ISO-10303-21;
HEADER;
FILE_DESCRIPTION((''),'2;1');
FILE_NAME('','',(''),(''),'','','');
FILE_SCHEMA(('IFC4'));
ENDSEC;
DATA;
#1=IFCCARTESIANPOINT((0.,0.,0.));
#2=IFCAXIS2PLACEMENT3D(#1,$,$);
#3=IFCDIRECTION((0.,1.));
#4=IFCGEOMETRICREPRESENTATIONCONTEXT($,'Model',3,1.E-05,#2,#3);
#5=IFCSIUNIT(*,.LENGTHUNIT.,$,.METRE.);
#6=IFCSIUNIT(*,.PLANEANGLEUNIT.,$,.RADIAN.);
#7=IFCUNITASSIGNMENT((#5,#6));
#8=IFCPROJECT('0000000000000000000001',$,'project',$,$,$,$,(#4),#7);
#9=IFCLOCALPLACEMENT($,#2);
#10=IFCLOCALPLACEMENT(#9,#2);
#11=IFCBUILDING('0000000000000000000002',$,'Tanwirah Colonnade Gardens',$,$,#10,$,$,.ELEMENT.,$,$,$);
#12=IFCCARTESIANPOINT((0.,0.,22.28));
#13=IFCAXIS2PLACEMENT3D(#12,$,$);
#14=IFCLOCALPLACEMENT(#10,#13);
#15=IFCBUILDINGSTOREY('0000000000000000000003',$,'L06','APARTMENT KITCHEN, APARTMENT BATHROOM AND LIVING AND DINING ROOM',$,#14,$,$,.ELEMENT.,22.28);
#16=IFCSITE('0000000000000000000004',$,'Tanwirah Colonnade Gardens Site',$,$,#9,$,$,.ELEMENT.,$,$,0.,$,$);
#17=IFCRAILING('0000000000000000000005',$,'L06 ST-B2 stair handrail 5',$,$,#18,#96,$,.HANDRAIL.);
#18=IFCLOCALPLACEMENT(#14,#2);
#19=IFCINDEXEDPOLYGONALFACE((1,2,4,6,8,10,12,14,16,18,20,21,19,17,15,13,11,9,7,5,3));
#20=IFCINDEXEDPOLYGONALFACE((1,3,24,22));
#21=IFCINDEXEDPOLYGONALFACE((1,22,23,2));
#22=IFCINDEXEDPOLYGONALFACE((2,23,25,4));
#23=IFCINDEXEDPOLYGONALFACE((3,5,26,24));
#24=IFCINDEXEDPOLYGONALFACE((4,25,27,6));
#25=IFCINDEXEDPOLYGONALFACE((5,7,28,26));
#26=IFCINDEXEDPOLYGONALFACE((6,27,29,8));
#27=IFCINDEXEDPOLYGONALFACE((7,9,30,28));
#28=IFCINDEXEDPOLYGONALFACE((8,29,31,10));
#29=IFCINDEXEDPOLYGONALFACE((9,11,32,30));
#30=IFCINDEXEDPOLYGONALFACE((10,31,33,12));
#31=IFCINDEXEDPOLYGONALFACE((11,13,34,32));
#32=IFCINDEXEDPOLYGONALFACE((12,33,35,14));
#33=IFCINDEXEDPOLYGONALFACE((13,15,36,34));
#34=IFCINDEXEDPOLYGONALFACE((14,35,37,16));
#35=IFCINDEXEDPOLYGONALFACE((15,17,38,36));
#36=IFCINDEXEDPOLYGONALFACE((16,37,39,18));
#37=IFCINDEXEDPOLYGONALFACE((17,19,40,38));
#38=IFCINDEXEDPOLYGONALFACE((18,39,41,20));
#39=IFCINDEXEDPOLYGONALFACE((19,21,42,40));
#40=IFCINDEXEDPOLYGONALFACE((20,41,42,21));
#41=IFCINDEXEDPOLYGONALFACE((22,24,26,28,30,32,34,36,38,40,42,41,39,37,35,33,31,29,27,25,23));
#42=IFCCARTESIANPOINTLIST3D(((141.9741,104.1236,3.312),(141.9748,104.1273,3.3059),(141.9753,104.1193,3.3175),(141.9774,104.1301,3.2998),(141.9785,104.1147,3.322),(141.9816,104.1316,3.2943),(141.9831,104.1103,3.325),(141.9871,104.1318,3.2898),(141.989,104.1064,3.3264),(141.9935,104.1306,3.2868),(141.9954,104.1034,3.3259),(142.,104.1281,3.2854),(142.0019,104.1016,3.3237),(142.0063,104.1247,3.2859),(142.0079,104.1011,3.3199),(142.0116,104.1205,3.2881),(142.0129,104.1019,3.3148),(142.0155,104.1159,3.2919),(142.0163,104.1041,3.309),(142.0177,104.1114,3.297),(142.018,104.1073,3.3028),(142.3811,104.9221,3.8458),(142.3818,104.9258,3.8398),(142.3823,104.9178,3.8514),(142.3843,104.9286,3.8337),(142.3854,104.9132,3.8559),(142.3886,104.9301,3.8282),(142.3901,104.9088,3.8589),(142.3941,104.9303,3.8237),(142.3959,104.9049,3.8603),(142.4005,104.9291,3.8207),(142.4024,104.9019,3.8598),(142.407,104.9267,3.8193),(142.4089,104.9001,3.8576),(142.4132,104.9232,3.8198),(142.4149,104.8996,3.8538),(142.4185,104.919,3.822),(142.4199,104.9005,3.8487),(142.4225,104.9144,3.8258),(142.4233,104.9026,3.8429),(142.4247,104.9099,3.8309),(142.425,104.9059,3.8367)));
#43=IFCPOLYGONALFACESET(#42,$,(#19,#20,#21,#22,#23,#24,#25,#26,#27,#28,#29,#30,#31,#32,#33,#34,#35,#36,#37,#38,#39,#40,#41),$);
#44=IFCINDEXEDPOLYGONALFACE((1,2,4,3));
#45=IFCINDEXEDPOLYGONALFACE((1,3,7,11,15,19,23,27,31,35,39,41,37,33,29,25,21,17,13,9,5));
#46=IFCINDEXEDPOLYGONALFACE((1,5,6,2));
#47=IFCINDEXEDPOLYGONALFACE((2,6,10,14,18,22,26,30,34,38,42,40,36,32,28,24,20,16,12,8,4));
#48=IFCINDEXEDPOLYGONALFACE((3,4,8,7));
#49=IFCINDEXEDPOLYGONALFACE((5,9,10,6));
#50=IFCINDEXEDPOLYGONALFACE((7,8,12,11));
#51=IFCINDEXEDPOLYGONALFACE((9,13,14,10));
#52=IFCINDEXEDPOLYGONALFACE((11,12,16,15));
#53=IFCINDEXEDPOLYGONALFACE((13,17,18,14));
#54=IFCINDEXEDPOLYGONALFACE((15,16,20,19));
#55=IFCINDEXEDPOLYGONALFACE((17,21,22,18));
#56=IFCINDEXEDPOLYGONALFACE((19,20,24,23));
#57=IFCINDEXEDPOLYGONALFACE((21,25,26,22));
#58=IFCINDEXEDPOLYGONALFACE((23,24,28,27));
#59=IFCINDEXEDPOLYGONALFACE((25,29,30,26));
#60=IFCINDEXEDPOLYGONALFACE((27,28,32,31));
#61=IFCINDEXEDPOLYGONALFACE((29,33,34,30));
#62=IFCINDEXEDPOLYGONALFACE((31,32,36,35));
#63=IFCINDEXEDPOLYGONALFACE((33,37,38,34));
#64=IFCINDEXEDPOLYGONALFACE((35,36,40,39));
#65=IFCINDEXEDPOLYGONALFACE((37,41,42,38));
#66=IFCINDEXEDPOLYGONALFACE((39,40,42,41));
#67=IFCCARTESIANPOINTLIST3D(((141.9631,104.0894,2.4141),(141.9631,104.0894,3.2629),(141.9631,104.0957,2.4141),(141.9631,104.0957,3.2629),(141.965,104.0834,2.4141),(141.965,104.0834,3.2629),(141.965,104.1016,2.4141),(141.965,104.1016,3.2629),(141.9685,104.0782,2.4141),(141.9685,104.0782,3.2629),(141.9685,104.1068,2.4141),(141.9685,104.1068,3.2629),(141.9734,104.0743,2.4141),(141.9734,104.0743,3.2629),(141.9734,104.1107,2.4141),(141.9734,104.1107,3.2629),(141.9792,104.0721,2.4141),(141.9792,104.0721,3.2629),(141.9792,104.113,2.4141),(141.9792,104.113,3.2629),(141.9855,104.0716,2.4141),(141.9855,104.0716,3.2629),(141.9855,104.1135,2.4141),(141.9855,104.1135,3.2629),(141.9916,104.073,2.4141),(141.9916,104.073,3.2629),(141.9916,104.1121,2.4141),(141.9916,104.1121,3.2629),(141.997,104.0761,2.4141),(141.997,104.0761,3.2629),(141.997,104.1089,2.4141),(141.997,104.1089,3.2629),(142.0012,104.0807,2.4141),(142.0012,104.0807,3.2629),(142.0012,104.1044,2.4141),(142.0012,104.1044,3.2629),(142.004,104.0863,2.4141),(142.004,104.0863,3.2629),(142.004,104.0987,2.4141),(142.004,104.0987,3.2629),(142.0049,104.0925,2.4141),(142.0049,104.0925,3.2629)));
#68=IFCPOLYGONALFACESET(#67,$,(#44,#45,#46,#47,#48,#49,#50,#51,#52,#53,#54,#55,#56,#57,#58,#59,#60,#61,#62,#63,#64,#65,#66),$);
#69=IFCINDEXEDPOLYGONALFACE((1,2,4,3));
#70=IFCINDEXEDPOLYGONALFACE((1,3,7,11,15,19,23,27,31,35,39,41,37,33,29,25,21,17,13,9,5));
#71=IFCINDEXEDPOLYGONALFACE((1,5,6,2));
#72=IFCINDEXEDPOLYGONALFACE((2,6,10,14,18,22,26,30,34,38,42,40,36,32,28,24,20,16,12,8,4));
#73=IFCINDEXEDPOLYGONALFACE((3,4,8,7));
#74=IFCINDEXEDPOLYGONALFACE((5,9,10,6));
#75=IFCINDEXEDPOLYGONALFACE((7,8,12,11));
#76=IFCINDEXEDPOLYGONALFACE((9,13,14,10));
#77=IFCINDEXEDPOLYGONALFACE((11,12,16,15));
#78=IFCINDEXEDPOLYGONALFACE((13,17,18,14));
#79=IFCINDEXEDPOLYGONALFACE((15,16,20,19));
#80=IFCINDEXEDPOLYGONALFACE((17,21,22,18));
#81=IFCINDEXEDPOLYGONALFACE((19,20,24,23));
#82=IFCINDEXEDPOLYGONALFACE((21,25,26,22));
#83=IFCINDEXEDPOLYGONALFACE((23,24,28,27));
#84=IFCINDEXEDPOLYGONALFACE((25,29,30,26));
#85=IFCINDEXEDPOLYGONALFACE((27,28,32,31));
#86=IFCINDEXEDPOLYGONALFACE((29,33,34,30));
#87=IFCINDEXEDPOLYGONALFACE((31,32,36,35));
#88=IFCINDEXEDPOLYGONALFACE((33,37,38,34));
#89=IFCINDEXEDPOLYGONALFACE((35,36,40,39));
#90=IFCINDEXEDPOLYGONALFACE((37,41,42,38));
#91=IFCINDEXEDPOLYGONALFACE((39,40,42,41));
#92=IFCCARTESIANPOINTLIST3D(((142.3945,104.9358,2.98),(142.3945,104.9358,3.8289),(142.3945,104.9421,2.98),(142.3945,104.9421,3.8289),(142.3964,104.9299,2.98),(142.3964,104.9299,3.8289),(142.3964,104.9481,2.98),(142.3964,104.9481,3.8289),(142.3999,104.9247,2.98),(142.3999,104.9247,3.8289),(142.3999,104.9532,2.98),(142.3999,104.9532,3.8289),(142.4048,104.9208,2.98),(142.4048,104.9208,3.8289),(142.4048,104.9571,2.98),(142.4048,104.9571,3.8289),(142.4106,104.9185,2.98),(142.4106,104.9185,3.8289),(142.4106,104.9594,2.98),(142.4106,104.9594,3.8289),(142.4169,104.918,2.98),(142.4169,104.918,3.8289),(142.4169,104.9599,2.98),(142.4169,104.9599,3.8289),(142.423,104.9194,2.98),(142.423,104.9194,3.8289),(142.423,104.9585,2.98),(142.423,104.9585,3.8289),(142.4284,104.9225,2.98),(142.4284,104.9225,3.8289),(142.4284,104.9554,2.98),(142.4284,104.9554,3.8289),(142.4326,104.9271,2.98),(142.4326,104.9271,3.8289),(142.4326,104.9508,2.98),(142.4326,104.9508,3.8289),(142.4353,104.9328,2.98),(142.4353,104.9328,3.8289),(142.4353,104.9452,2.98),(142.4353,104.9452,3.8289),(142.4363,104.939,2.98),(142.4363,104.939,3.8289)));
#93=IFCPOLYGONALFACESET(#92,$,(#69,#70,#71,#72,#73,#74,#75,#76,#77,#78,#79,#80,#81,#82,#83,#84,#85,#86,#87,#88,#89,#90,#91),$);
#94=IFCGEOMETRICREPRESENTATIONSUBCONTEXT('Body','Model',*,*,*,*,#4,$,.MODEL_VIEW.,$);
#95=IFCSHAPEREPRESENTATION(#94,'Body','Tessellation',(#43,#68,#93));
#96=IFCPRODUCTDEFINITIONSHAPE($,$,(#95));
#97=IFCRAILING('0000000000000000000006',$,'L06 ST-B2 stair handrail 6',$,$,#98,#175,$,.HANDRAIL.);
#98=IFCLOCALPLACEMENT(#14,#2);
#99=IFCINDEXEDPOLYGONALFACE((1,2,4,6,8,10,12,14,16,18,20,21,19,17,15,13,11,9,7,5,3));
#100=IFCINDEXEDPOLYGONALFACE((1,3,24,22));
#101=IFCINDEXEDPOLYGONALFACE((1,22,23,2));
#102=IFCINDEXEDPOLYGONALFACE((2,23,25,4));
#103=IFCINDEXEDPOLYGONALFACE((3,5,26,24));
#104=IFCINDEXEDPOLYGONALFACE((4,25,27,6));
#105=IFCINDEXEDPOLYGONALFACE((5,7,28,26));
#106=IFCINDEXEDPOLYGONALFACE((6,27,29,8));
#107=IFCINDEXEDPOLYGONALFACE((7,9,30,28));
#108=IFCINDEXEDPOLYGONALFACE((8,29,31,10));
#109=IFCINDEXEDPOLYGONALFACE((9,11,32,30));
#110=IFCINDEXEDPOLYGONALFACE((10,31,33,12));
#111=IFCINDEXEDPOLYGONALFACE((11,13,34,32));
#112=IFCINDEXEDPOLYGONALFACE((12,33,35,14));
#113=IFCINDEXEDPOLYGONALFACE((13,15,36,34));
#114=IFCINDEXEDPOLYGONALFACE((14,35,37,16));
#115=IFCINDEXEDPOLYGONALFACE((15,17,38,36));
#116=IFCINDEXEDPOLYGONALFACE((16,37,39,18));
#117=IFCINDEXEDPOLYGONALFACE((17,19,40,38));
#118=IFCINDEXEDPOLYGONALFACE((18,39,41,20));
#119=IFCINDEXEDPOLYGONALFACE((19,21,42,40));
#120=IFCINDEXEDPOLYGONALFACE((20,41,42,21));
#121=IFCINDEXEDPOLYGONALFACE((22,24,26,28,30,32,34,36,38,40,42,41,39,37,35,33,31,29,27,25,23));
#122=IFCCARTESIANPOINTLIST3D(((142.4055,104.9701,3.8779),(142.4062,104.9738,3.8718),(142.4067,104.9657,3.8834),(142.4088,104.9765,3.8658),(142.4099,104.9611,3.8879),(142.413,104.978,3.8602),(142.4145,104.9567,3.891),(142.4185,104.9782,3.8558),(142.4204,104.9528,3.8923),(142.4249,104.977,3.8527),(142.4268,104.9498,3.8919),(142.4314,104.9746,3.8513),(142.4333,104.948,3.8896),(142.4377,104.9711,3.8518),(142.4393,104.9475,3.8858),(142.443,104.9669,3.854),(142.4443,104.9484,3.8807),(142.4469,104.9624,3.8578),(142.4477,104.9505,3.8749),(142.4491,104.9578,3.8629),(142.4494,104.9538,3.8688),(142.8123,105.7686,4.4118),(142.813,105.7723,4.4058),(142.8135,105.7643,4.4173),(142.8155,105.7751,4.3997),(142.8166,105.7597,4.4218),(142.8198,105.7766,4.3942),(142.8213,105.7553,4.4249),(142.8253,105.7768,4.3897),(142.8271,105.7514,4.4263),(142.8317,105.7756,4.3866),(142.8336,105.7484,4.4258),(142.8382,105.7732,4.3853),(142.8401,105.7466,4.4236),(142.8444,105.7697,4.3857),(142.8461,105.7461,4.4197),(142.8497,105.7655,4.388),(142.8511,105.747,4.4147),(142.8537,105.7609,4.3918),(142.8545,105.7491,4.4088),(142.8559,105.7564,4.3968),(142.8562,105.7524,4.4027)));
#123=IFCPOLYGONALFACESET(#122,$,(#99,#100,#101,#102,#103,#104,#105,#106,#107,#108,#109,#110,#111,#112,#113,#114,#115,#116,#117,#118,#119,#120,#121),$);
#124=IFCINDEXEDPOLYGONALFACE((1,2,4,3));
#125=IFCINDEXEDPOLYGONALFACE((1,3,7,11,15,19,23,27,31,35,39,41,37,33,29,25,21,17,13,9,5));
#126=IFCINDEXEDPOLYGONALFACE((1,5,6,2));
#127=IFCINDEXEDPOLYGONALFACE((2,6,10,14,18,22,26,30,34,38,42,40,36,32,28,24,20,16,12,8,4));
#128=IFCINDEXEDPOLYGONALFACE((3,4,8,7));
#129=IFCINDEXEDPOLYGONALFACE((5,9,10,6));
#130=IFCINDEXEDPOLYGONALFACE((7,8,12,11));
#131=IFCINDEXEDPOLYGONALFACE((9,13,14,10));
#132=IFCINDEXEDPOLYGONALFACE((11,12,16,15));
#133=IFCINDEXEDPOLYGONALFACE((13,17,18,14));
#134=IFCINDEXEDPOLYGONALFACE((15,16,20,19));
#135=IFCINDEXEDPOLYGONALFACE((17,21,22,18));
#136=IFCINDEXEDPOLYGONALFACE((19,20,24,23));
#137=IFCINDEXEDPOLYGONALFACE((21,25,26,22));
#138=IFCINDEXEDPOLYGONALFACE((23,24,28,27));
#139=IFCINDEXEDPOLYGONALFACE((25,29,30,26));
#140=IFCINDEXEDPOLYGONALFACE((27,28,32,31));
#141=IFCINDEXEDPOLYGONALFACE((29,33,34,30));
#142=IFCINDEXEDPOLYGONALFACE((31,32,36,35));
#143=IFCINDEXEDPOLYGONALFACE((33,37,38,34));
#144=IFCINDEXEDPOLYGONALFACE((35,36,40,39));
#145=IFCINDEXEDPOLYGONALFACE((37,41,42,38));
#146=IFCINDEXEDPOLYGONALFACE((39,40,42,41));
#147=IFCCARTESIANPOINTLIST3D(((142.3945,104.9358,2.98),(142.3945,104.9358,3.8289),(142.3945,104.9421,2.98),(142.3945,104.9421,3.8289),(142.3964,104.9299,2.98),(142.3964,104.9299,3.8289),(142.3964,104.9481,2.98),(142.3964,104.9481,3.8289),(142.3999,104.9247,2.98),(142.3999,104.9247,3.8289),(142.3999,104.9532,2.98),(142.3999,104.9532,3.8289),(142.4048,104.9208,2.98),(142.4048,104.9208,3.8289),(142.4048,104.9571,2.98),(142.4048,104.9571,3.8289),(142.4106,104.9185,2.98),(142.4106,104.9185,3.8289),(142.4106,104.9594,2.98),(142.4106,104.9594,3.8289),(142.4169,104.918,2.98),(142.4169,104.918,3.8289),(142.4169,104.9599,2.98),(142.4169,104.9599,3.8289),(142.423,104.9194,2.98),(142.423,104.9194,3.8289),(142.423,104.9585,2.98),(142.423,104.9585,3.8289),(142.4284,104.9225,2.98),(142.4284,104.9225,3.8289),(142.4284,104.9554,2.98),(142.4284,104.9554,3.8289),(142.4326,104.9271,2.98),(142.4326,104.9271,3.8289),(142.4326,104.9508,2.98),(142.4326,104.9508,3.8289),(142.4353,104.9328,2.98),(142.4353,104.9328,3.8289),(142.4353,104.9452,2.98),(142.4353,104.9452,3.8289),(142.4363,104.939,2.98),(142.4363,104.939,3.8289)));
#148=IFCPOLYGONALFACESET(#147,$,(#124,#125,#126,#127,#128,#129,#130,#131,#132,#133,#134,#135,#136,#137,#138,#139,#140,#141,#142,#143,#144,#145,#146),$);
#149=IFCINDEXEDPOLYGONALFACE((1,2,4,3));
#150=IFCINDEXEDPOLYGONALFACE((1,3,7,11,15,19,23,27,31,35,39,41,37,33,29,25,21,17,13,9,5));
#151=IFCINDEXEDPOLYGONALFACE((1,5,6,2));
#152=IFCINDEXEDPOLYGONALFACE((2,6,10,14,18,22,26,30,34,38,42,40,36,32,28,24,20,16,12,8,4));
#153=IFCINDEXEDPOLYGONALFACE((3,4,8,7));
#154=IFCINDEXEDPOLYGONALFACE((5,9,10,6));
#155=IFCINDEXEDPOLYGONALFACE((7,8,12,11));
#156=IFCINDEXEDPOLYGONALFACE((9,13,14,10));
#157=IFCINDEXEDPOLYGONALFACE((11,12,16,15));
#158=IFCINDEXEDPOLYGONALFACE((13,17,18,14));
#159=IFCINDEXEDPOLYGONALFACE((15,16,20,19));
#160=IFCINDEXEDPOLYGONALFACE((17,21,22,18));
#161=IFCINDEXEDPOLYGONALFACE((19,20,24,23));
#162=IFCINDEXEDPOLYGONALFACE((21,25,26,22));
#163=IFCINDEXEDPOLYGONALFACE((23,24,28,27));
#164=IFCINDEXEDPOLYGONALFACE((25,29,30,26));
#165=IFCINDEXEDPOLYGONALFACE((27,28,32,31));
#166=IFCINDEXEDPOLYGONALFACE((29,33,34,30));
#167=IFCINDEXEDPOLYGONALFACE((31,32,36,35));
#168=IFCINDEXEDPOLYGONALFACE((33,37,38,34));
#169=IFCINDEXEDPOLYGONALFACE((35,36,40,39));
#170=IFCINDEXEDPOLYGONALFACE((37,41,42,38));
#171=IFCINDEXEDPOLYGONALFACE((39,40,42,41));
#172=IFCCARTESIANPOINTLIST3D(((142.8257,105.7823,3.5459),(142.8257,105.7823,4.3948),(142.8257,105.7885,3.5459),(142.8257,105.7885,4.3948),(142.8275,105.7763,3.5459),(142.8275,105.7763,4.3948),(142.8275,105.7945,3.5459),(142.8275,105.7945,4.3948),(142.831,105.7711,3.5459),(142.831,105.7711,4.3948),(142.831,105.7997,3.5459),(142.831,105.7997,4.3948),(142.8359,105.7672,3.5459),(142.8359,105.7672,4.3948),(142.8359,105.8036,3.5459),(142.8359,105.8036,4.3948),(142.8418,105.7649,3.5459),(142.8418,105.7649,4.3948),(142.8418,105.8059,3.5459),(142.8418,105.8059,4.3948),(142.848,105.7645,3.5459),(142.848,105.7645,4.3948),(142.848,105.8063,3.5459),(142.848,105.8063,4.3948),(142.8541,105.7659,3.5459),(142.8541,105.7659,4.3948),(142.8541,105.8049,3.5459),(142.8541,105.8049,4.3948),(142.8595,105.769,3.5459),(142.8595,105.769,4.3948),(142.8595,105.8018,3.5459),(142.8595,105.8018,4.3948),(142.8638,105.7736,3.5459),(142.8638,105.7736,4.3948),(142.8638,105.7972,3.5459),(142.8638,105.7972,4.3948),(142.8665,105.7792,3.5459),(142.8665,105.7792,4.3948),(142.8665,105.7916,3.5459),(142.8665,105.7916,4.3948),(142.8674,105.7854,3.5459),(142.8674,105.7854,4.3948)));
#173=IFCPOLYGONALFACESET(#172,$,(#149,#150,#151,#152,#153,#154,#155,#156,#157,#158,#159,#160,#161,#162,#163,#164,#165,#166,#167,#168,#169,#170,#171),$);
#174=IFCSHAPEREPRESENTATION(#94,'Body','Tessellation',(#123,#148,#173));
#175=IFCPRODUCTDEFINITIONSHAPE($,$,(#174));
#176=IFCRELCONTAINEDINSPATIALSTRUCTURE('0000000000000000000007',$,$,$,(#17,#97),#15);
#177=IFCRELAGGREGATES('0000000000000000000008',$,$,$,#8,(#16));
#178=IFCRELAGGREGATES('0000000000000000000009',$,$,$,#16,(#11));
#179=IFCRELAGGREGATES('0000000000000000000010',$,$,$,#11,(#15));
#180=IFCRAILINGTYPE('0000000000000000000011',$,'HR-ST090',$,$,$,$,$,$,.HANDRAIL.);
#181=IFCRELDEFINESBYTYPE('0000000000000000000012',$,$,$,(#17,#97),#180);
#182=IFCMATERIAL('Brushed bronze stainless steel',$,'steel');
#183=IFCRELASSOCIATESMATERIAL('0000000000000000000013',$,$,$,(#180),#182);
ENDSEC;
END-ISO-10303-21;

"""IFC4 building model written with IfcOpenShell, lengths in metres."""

from ifc_helpers import new_model, si_unit, direction, frame, origin, origin_2d, place, context, subcontext, project, spatial, circle, extrude, material, type_object, element, save


model = new_model("IFC4")

# Units and contexts
model_context = context("Model", 3, precision=1e-05, world=origin(), true_north=direction((0.0, 1.0)))
body_context = subcontext(model_context, "Body", "Model", "MODEL_VIEW")
ifc_project = project(units=[si_unit("LENGTHUNIT", "METRE"), si_unit("PLANEANGLEUNIT", "RADIAN")], contexts=[model_context])

# Site, building, storey
site_placement = place(None, origin())
site = spatial("IfcSite", under=ifc_project, at=site_placement, Name="Tanwirah Colonnade Gardens Site", CompositionType="ELEMENT", RefElevation=0.0)
building_placement = place(site_placement, origin())
building = spatial("IfcBuilding", under=site, at=building_placement, Name="Tanwirah Colonnade Gardens", CompositionType="ELEMENT")
storey_placement = place(building_placement, frame((0.0, 0.0, 22.28)))
storey = spatial("IfcBuildingStorey", under=building, at=storey_placement, Name="L06", Description="APARTMENT KITCHEN, APARTMENT BATHROOM AND LIVING AND DINING ROOM", CompositionType="ELEMENT", Elevation=22.28)

# Railings
ifc_material_1 = material(Name="Brushed bronze stainless steel", Category="steel")
railing_type_1 = type_object("IfcRailingType", Name="HR-ST090", PredefinedType="HANDRAIL", material=ifc_material_1)
railing_1_placement = place(storey_placement, frame((141.9839, 104.0925, 2.4141)))
element("IfcRailing", 1, at=railing_1_placement, inside=storey, type_object=railing_type_1, Name="L06 ST-B2 stair handrail 5", PredefinedType="HANDRAIL", context=body_context, shape_type="SweptSolid", body=[
    extrude(circle(Radius=0.0239, at=origin_2d()), frame((0.0122, 0.0239, 0.8918), z_axis=(0.390118, 0.765443, 0.511767), x_axis=(-0.890957, 0.454087, 0.0)), (0.0, 0.0, 1.0), 1.0432),
    extrude(circle(Radius=0.021, at=origin_2d()), origin(), (0.0, 0.0, 1.0), 0.8489),
    extrude(circle(Radius=0.021, at=origin_2d()), frame((0.4314, 0.8464, 0.5659)), (0.0, 0.0, 1.0), 0.8489),
])
railing_2_placement = place(storey_placement, frame((142.4153, 104.939, 2.98)))
element("IfcRailing", 2, at=railing_2_placement, inside=storey, type_object=railing_type_1, Name="L06 ST-B2 stair handrail 6", PredefinedType="HANDRAIL", context=body_context, shape_type="SweptSolid", body=[
    extrude(circle(Radius=0.0239, at=origin_2d()), frame((0.0122, 0.0239, 0.8918), z_axis=(0.38993, 0.765509, 0.511811), x_axis=(-0.891061, 0.453883, 0.0)), (0.0, 0.0, 1.0), 1.0432),
    extrude(circle(Radius=0.021, at=origin_2d()), origin(), (0.0, 0.0, 1.0), 0.8489),
    extrude(circle(Radius=0.021, at=origin_2d()), frame((0.4312, 0.8464, 0.5659)), (0.0, 0.0, 1.0), 0.8489),
])

save(model, "model.ifc")
